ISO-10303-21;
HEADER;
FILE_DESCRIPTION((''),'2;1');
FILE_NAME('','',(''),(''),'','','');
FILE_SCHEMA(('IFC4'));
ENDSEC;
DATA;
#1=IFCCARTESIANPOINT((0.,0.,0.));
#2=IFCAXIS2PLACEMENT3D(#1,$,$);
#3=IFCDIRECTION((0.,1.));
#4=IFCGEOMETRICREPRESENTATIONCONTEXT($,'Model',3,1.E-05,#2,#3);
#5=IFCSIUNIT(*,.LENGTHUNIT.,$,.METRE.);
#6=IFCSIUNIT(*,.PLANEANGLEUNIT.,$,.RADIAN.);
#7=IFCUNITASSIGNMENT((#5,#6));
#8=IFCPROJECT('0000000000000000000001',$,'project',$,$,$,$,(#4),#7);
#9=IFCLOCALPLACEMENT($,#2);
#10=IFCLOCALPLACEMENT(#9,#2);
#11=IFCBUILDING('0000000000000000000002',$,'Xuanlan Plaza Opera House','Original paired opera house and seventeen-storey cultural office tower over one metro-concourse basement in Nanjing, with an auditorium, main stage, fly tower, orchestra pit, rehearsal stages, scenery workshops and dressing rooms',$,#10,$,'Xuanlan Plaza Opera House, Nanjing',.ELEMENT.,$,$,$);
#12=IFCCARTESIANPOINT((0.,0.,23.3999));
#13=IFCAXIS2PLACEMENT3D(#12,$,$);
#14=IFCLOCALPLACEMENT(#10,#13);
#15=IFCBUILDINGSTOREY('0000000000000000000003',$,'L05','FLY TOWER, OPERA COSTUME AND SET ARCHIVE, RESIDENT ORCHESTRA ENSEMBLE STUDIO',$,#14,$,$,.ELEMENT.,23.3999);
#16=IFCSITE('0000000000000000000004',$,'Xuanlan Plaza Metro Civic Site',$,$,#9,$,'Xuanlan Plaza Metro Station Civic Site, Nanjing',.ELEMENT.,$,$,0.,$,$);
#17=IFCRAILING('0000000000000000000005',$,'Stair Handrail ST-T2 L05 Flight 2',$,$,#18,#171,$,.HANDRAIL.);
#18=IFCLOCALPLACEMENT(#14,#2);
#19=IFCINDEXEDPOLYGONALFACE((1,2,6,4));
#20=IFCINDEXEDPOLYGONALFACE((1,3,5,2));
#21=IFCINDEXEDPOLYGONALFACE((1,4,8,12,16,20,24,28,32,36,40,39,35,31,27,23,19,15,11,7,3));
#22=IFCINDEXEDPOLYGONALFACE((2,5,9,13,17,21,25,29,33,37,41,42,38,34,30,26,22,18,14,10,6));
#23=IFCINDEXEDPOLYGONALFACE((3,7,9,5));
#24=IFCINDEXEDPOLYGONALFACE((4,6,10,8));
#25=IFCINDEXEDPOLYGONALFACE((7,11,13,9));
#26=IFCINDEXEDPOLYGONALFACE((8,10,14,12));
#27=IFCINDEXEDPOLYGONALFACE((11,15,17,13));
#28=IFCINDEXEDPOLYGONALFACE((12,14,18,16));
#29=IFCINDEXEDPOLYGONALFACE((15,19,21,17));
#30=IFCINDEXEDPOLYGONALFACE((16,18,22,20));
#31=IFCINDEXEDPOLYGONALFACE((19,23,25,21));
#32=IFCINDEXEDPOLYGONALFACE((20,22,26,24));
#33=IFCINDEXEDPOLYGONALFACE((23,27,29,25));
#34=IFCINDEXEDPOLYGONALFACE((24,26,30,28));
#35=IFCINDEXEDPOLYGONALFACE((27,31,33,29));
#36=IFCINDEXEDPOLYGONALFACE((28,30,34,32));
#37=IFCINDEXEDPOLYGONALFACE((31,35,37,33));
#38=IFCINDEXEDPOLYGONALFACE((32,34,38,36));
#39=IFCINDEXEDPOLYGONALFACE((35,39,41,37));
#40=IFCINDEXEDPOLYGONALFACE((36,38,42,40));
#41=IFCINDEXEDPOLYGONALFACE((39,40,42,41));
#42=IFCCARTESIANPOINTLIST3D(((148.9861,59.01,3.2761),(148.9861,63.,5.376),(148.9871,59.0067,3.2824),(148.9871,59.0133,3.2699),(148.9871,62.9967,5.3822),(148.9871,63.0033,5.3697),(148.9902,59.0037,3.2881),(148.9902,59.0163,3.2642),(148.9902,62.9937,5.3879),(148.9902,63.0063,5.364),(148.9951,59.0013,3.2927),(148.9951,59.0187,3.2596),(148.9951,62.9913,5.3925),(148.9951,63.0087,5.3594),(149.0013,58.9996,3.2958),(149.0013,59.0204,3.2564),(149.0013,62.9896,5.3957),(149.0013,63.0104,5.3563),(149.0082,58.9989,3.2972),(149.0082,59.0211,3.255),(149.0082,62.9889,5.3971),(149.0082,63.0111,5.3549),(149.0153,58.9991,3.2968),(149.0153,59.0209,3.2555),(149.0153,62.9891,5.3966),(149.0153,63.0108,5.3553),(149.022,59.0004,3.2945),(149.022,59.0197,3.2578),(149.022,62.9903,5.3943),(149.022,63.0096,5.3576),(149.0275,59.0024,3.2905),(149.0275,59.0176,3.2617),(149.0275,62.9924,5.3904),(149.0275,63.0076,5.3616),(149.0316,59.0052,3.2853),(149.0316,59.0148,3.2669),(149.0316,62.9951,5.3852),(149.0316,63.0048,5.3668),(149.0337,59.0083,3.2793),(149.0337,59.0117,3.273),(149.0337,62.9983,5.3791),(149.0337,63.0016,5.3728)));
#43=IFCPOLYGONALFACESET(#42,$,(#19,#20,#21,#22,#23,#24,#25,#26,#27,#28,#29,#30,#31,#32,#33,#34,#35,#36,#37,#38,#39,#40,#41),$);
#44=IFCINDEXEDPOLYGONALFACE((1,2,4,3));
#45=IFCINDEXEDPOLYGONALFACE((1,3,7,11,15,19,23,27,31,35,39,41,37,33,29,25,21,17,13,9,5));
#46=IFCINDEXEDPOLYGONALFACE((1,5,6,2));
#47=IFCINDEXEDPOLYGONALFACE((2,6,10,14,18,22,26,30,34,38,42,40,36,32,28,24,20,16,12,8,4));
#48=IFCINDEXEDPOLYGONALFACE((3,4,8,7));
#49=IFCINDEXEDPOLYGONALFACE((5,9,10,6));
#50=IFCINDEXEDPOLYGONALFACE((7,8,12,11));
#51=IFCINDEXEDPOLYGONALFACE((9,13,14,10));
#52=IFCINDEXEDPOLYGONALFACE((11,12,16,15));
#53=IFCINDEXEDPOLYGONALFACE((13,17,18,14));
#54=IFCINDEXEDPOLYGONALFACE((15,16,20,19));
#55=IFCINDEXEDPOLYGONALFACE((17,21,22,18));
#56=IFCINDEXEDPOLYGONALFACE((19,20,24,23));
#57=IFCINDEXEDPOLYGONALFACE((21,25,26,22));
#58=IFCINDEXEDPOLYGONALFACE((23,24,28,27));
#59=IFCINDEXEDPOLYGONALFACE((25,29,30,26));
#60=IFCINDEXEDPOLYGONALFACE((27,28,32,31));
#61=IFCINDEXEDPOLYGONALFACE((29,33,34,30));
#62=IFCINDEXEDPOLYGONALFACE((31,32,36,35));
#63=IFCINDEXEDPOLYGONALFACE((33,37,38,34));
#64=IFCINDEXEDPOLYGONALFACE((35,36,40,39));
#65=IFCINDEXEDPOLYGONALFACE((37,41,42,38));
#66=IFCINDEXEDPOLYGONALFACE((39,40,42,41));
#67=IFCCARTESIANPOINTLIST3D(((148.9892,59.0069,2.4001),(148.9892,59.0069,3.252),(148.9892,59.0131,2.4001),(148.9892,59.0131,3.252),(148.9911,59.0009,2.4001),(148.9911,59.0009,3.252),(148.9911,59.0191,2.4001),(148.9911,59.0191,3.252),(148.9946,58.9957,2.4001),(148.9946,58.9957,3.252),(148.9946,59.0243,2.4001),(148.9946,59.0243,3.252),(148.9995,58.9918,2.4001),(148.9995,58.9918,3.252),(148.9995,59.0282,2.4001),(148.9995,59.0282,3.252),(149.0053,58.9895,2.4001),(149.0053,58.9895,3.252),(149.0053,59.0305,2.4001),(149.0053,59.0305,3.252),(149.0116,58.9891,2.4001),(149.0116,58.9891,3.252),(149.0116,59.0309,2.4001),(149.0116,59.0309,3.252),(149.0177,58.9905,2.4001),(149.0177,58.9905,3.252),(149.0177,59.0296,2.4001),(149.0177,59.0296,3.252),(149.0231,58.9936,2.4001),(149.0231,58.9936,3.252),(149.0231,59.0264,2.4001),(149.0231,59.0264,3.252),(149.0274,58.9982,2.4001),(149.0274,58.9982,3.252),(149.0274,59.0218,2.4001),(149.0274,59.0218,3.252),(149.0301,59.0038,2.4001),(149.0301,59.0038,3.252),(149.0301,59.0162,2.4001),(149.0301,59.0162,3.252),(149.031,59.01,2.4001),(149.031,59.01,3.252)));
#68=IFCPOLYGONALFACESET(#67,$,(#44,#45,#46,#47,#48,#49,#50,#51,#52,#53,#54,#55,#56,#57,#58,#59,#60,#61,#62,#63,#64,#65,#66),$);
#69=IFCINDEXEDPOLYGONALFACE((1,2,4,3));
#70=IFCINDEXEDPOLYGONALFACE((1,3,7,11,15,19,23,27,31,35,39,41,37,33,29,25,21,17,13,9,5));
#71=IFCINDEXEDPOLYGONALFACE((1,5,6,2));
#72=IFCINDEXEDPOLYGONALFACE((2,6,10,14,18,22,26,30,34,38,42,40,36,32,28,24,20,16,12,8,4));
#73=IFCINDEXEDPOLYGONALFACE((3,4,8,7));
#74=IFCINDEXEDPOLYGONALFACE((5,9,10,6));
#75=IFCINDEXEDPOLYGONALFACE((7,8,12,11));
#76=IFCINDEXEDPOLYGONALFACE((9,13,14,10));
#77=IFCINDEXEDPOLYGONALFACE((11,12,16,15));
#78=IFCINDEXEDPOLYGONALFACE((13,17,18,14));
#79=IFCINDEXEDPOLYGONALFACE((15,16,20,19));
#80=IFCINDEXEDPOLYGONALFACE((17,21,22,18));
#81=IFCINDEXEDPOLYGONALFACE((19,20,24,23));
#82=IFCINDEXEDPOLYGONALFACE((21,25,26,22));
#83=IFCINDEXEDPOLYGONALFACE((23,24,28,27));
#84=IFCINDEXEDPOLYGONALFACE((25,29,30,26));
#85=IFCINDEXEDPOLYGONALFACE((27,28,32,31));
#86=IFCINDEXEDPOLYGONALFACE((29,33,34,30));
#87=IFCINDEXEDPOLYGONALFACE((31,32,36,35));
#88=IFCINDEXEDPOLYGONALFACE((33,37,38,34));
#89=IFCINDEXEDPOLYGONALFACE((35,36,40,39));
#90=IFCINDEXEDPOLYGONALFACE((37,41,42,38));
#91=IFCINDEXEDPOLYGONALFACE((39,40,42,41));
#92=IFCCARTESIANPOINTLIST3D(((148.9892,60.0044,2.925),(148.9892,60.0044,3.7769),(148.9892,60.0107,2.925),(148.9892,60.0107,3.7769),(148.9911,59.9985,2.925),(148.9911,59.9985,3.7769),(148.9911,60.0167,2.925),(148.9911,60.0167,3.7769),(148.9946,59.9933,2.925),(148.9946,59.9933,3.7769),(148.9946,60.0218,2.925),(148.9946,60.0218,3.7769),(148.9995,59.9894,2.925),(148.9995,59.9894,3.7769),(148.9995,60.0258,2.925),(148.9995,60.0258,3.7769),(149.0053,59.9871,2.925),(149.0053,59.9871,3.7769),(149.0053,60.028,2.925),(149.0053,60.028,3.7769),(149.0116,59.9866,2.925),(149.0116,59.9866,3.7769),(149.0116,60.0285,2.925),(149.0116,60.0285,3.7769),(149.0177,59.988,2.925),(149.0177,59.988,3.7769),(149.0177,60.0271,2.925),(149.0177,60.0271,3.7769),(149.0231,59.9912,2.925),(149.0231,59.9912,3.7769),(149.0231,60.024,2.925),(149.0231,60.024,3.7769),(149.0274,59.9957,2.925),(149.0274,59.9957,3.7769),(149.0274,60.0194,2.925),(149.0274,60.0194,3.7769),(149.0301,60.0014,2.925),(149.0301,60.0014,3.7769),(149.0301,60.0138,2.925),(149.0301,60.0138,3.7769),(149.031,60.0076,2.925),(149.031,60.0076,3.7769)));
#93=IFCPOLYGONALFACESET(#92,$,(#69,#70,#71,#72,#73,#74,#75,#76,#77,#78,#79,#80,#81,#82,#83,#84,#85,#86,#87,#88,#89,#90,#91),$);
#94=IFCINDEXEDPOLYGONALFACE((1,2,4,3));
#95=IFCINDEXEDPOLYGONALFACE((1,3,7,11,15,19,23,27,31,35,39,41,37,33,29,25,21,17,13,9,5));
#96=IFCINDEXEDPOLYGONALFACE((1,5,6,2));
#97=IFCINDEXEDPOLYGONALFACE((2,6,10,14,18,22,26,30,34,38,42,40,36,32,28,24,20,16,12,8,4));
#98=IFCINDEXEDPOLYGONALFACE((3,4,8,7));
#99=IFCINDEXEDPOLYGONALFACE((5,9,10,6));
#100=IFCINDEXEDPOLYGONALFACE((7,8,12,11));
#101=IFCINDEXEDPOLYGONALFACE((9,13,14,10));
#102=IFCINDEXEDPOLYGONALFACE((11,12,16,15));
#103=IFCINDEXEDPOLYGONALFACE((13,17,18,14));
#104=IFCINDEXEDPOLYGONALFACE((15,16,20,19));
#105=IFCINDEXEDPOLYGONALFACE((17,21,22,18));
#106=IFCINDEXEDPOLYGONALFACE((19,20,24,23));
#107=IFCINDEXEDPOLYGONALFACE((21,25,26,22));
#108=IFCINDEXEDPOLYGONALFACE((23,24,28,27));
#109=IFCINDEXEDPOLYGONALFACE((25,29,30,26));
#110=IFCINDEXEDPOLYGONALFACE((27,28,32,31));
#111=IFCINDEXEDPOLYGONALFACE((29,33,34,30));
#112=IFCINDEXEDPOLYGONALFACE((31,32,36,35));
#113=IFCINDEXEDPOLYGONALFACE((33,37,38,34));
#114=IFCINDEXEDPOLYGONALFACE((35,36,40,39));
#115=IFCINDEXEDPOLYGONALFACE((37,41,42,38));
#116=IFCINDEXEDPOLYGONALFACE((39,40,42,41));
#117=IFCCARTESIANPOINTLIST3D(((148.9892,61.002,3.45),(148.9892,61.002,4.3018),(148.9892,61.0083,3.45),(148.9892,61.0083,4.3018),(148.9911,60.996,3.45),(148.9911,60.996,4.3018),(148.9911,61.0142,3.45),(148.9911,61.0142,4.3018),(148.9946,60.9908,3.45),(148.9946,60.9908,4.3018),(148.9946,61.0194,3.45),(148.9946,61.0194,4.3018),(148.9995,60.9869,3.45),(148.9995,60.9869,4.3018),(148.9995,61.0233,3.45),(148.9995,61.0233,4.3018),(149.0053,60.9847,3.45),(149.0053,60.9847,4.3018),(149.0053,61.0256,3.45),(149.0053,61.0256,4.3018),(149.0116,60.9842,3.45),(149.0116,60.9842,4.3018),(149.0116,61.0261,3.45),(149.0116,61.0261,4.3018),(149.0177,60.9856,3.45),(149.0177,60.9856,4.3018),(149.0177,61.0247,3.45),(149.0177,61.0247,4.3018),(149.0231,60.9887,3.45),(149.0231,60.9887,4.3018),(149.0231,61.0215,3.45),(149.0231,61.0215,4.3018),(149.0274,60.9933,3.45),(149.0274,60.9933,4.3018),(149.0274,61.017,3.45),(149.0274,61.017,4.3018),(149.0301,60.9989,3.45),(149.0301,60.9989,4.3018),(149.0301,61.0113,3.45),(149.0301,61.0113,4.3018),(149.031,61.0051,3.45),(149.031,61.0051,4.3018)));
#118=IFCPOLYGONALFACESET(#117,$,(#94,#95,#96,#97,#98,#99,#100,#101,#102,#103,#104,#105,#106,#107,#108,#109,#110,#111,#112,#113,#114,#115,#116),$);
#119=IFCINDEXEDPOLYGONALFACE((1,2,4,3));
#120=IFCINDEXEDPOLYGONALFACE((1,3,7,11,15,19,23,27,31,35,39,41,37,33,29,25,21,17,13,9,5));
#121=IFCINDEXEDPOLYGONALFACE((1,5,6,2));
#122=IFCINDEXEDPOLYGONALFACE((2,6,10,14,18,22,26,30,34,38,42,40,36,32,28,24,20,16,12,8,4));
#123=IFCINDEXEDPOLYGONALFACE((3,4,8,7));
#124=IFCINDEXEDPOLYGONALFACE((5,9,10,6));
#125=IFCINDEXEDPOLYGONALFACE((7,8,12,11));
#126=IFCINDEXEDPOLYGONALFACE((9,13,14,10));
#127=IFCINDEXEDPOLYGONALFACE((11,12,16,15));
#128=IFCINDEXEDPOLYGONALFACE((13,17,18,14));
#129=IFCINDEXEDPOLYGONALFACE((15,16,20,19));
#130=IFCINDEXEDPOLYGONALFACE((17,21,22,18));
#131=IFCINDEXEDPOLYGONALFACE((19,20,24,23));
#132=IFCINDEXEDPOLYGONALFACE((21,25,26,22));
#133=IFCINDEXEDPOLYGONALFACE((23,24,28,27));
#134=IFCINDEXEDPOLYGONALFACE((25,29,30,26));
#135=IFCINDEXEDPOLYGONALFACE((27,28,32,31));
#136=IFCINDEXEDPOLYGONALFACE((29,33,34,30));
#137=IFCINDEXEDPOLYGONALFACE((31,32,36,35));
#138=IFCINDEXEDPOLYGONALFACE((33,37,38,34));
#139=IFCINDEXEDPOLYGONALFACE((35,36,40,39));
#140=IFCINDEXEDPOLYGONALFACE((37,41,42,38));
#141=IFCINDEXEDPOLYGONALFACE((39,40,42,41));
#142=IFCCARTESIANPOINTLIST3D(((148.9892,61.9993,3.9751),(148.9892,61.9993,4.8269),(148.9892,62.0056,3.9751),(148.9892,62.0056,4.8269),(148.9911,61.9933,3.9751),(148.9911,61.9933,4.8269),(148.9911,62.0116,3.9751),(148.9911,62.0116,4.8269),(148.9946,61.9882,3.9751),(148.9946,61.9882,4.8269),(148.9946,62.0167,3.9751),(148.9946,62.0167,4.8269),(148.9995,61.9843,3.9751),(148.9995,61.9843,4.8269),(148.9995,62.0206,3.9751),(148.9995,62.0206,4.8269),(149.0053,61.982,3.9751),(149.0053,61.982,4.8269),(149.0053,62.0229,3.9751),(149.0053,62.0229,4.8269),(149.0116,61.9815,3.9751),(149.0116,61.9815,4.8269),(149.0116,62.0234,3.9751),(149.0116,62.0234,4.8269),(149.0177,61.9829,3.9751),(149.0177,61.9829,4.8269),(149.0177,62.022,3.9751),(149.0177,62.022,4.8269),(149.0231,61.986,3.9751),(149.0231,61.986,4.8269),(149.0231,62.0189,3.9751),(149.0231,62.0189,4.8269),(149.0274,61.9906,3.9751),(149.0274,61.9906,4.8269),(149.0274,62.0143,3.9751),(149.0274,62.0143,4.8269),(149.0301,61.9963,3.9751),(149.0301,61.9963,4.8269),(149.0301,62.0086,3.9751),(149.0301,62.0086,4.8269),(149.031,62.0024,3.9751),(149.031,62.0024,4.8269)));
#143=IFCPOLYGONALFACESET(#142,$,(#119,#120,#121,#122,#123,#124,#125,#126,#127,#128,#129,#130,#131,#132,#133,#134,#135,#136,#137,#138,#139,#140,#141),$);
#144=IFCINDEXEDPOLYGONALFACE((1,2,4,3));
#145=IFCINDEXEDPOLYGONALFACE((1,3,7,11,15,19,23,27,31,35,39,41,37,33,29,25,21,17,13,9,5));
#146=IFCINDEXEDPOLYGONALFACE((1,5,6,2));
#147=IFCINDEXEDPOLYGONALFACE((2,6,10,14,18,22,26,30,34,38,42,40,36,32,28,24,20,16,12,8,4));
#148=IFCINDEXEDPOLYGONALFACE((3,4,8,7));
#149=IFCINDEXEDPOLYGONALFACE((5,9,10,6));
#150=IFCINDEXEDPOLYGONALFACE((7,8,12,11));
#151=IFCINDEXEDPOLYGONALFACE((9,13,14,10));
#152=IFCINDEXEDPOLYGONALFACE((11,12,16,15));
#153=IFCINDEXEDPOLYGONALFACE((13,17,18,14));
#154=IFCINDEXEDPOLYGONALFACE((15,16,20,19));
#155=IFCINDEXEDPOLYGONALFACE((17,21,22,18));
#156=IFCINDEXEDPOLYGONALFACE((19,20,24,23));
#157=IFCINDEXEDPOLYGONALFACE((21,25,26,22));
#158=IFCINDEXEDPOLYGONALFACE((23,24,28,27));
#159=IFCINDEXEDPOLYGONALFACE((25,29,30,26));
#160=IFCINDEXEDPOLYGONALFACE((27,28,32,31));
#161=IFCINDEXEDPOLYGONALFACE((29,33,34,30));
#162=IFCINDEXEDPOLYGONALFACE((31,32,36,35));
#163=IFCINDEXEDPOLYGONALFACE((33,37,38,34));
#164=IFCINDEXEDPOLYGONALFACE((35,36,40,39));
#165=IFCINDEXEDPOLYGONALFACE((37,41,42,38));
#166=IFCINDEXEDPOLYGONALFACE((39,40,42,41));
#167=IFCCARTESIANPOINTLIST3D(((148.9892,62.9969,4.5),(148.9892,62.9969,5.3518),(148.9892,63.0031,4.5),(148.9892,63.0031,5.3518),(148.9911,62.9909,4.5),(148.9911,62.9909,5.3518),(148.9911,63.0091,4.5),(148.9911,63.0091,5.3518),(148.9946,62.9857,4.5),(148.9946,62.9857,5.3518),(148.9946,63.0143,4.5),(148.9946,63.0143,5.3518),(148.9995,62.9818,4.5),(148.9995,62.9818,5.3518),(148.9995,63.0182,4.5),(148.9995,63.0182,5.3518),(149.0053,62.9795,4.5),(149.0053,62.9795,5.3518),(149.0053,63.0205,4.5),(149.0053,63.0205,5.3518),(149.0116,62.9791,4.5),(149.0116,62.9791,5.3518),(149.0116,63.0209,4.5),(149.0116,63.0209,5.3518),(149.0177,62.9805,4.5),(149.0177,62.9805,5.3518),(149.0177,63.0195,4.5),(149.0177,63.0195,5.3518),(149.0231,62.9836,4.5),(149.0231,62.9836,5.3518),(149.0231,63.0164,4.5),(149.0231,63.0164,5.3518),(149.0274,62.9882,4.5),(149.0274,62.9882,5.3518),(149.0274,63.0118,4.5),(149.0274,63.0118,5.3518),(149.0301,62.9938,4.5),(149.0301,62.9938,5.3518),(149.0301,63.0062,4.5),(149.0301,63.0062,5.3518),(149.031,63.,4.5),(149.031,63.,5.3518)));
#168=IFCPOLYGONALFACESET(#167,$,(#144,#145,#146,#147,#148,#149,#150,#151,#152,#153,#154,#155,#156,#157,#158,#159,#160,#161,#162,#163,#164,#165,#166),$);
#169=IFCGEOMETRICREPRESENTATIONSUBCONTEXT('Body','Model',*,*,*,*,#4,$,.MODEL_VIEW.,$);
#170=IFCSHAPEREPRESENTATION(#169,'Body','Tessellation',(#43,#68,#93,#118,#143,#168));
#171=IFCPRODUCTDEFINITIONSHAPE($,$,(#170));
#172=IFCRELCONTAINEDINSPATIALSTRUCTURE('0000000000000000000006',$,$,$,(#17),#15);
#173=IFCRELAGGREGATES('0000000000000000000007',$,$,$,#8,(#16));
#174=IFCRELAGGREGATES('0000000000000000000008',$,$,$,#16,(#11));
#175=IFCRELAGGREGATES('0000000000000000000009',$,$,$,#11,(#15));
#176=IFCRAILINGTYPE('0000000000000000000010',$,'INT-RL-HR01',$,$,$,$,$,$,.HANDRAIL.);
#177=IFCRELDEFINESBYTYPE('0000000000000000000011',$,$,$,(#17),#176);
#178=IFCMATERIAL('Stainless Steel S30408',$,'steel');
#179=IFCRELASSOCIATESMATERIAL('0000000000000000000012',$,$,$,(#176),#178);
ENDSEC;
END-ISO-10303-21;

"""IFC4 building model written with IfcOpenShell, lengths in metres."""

from ifc_helpers import new_model, si_unit, direction, frame, origin, origin_2d, place, context, subcontext, project, spatial, circle, extrude, material, type_object, element, save


model = new_model("IFC4")

# Units and contexts
model_context = context("Model", 3, precision=1e-05, world=origin(), true_north=direction((0.0, 1.0)))
body_context = subcontext(model_context, "Body", "Model", "MODEL_VIEW")
ifc_project = project(units=[si_unit("LENGTHUNIT", "METRE"), si_unit("PLANEANGLEUNIT", "RADIAN")], contexts=[model_context])

# Site, building, storey
site_placement = place(None, origin())
site = spatial("IfcSite", under=ifc_project, at=site_placement, Name="Xuanlan Plaza Metro Civic Site", LongName="Xuanlan Plaza Metro Station Civic Site, Nanjing", CompositionType="ELEMENT", RefElevation=0.0)
building_placement = place(site_placement, origin())
building = spatial("IfcBuilding", under=site, at=building_placement, Name="Xuanlan Plaza Opera House", Description="Original paired opera house and seventeen-storey cultural office tower over one metro-concourse basement in Nanjing, with an auditorium, main stage, fly tower, orchestra pit, rehearsal stages, scenery workshops and dressing rooms", LongName="Xuanlan Plaza Opera House, Nanjing", CompositionType="ELEMENT")
storey_placement = place(building_placement, frame((0.0, 0.0, 23.3999)))
storey = spatial("IfcBuildingStorey", under=building, at=storey_placement, Name="L05", Description="FLY TOWER, OPERA COSTUME AND SET ARCHIVE, RESIDENT ORCHESTRA ENSEMBLE STUDIO", CompositionType="ELEMENT", Elevation=23.3999)

# Shared definitions
ifc_material_1 = material(Name="Stainless Steel S30408", Category="steel")

# Railing
railing_type = type_object("IfcRailingType", Name="INT-RL-HR01", PredefinedType="HANDRAIL", material=ifc_material_1)
railing_placement = place(storey_placement, frame((149.01, 59.01, 2.4001)))
element("IfcRailing", 1, at=railing_placement, inside=storey, type_object=railing_type, Name="Stair Handrail ST-T2 L05 Flight 2", PredefinedType="HANDRAIL", context=body_context, shape_type="SweptSolid", body=[
    extrude(circle(Radius=0.0239, at=origin_2d()), frame((0.0, 0.0, 0.876), z_axis=(0.0, 0.884931, 0.465722), x_axis=(-1.0, 0.0, 0.0)), (0.0, 0.0, 1.0), 4.5088),
    extrude(circle(Radius=0.021, at=origin_2d()), origin(), (0.0, 0.0, 1.0), 0.8518),
    extrude(circle(Radius=0.021, at=origin_2d()), frame((0.0, 0.9976, 0.5249)), (0.0, 0.0, 1.0), 0.8518),
    extrude(circle(Radius=0.021, at=origin_2d()), frame((0.0, 1.9951, 1.0498)), (0.0, 0.0, 1.0), 0.8518),
    extrude(circle(Radius=0.021, at=origin_2d()), frame((0.0, 2.9924, 1.575)), (0.0, 0.0, 1.0), 0.8518),
    extrude(circle(Radius=0.021, at=origin_2d()), frame((0.0, 3.99, 2.0999)), (0.0, 0.0, 1.0), 0.8518),
])

save(model, "model.ifc")
